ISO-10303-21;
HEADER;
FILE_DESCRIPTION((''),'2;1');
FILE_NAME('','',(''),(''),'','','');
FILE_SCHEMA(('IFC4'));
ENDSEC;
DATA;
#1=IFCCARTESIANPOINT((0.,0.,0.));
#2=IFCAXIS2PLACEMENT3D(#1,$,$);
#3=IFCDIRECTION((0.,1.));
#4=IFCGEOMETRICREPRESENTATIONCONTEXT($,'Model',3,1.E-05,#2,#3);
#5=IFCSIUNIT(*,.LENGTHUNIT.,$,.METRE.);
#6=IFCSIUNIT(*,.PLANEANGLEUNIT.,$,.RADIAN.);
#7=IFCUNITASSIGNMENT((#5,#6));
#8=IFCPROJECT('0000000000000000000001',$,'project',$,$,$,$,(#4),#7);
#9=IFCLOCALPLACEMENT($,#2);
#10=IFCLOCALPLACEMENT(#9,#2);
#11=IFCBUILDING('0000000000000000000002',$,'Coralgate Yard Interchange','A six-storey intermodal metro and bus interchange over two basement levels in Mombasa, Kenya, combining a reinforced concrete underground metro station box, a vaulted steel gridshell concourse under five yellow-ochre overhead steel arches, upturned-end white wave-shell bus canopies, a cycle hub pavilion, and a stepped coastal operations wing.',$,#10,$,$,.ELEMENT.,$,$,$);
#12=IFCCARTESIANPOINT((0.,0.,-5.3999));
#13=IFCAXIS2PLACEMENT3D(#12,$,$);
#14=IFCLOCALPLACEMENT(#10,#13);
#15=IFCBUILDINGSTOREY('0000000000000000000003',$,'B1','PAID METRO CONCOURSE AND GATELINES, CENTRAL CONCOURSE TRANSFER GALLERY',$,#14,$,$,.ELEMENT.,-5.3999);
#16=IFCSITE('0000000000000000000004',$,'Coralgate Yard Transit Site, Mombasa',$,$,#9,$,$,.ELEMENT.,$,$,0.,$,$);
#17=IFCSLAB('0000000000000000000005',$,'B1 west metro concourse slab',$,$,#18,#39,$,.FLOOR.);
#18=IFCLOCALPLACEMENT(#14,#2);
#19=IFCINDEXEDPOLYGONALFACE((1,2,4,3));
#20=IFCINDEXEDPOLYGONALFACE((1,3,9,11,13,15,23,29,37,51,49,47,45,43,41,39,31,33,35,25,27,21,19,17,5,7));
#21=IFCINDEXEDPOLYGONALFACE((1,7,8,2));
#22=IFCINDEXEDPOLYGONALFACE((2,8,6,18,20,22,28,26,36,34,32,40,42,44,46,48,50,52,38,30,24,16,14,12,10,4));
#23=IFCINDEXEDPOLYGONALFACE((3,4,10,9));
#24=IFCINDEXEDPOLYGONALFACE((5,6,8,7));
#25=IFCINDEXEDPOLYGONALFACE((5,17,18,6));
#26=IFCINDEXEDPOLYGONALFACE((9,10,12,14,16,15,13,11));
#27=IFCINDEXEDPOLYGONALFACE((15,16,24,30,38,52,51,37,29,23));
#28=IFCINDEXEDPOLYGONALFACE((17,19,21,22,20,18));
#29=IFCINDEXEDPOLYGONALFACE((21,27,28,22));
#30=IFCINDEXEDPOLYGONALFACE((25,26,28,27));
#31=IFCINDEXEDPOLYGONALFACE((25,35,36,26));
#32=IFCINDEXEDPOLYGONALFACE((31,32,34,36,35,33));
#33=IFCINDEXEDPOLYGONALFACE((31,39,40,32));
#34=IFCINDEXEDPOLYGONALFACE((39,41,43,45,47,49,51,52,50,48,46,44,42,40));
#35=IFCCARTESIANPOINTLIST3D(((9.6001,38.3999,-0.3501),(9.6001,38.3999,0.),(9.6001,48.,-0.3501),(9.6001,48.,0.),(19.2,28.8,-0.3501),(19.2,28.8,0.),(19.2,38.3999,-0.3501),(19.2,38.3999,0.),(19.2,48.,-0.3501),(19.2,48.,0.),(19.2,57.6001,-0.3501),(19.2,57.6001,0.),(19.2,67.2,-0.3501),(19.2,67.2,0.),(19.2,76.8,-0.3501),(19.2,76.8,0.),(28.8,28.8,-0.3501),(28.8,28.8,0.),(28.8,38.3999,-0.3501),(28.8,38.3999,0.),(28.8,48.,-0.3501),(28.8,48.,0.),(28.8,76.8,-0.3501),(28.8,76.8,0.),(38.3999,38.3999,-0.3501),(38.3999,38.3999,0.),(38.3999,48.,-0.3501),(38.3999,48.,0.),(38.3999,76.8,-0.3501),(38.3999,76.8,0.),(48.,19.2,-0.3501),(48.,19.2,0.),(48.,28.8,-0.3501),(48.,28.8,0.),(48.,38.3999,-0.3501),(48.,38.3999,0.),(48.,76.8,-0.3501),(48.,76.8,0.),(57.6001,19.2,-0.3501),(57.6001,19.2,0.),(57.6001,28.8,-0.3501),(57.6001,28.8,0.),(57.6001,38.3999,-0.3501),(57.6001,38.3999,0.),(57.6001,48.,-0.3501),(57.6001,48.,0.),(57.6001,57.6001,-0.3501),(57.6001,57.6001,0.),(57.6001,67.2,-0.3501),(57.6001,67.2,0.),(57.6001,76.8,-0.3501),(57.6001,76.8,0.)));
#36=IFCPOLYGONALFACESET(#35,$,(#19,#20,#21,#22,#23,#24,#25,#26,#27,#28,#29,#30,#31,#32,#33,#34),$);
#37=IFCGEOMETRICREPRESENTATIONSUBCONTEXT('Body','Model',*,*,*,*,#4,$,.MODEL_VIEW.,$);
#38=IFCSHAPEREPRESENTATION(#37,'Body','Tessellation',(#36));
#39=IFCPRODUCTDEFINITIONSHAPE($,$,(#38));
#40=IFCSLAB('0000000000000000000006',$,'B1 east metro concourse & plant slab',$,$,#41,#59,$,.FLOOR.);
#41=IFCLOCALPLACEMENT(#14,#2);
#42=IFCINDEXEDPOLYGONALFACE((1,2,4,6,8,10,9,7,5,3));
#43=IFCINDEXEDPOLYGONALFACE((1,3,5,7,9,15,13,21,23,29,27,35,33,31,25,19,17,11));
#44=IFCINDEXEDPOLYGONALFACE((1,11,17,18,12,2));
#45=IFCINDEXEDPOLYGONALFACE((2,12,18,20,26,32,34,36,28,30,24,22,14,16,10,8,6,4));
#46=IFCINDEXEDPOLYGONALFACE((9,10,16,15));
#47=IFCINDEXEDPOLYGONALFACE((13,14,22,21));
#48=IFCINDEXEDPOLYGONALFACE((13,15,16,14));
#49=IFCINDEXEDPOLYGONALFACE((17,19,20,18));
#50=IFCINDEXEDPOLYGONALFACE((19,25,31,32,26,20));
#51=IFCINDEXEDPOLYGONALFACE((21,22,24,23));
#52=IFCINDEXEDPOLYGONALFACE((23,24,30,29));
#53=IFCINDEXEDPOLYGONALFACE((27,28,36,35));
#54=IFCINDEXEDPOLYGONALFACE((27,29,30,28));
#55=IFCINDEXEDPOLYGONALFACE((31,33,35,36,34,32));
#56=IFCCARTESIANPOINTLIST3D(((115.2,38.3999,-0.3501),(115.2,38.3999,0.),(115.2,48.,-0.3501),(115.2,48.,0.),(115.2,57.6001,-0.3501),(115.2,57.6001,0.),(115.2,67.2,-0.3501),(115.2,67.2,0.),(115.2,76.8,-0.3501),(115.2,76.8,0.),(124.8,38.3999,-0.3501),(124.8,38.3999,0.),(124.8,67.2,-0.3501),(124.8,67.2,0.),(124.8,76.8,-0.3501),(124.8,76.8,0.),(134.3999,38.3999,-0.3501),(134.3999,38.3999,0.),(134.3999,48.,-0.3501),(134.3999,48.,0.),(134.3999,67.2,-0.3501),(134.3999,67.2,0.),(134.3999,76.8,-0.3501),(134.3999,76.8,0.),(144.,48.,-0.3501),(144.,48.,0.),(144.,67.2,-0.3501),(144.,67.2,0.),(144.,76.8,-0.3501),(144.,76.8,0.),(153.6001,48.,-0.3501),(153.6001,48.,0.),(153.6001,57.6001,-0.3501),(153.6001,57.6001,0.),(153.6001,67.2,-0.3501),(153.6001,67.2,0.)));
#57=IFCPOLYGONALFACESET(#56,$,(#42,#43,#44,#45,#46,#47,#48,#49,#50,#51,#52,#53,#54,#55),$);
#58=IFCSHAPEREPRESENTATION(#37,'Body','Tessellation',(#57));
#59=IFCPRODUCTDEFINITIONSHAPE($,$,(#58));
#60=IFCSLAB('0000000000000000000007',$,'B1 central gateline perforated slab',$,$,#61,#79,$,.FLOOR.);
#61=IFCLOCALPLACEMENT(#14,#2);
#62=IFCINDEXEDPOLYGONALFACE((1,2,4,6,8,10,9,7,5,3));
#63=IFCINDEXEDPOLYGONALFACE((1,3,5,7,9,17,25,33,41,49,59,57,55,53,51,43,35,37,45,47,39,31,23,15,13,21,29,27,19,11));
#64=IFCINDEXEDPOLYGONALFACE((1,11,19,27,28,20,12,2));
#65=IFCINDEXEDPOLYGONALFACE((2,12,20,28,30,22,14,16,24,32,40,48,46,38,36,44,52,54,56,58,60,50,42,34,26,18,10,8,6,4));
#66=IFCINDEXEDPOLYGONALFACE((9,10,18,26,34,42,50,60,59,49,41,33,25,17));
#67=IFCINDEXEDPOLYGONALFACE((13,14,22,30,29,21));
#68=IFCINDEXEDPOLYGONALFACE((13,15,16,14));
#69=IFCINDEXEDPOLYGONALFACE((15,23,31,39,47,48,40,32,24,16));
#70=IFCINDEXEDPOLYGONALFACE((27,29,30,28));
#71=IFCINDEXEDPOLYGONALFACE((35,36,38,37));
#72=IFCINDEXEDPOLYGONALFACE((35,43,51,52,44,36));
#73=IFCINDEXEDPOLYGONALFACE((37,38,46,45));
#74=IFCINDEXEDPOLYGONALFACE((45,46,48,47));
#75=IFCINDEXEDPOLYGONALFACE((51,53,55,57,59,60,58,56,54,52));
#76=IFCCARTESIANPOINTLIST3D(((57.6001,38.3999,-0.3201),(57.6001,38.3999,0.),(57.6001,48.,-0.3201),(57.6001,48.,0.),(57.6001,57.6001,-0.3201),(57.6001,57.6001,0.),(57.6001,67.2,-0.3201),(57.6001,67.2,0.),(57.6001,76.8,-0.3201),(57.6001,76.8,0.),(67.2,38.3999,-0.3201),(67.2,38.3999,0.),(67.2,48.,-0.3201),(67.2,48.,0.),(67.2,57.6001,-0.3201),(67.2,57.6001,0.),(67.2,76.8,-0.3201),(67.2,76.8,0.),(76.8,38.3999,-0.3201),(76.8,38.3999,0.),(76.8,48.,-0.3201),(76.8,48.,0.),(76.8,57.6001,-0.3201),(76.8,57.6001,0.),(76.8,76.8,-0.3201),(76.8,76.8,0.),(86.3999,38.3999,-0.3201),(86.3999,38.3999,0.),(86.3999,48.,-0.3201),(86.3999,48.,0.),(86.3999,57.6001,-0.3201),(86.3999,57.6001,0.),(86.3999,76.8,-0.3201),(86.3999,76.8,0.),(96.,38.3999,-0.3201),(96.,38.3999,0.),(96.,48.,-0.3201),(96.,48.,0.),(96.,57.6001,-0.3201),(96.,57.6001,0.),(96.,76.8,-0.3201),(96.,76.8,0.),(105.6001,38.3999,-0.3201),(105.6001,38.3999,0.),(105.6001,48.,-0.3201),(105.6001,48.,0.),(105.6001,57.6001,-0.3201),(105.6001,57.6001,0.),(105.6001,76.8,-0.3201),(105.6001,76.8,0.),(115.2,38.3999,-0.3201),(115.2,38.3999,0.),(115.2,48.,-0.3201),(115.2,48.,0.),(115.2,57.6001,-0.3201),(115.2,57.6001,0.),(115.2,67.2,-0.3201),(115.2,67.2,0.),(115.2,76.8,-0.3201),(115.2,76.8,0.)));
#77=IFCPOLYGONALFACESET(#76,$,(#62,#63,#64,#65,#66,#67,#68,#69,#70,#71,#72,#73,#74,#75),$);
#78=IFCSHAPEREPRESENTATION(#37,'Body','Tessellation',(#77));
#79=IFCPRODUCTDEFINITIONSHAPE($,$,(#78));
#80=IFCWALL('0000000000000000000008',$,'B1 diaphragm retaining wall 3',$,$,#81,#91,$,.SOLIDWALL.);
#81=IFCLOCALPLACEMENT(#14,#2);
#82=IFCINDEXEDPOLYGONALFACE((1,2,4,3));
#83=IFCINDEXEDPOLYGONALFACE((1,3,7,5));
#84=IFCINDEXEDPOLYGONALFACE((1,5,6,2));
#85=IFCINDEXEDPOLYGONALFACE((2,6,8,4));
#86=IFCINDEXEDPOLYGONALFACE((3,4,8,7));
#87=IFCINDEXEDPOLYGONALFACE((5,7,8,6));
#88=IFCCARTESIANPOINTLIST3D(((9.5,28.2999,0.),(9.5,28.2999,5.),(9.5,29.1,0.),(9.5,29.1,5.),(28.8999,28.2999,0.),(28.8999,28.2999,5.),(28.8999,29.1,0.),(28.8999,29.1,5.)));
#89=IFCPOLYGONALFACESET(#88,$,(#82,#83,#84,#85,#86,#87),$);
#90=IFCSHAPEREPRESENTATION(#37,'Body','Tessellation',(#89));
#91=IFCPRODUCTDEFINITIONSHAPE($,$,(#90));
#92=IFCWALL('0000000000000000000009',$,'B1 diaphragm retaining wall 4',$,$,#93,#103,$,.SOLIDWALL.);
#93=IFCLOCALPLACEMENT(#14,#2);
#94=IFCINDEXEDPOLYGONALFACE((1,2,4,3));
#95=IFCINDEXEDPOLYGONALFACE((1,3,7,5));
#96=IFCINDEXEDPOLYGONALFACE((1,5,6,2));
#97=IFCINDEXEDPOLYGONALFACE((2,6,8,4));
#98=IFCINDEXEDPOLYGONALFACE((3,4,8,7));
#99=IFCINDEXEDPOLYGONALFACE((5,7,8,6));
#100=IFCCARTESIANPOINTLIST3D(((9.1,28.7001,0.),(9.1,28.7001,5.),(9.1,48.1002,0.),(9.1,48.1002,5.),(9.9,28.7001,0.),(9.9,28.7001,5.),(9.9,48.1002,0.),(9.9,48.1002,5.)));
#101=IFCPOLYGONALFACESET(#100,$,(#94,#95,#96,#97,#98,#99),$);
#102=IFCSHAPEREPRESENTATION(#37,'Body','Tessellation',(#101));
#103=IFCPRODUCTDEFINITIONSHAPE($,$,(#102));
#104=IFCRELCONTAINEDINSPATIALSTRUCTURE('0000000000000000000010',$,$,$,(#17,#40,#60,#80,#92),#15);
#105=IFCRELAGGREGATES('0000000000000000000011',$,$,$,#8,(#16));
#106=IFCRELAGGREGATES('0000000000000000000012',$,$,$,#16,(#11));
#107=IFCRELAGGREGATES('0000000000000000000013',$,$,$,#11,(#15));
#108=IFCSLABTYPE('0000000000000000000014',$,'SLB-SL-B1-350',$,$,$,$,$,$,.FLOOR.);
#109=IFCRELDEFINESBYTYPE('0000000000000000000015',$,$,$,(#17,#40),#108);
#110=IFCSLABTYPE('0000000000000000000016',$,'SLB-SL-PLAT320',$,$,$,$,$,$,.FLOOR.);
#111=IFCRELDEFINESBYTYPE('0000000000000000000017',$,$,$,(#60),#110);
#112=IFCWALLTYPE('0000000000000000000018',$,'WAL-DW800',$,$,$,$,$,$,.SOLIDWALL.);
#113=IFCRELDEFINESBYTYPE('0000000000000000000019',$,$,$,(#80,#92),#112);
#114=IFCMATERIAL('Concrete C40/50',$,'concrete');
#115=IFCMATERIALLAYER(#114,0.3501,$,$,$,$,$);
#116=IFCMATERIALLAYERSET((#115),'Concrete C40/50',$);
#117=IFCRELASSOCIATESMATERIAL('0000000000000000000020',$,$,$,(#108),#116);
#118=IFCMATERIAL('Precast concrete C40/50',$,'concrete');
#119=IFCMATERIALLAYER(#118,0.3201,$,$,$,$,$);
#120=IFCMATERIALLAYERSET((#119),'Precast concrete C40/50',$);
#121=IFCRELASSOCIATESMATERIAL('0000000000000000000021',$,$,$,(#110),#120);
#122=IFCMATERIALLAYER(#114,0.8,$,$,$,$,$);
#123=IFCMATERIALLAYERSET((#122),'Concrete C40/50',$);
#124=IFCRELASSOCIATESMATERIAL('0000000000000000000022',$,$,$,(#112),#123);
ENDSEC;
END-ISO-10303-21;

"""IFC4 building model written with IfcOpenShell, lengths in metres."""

from ifc_helpers import new_model, si_unit, direction, frame, frame_2d, origin, place, context, subcontext, project, spatial, polyline, rectangle, outline, extrude, material, layer, layer_set, type_object, element, save


model = new_model("IFC4")

# Units and contexts
model_context = context("Model", 3, precision=1e-05, world=origin(), true_north=direction((0.0, 1.0)))
body_context = subcontext(model_context, "Body", "Model", "MODEL_VIEW")
ifc_project = project(units=[si_unit("LENGTHUNIT", "METRE"), si_unit("PLANEANGLEUNIT", "RADIAN")], contexts=[model_context])

# Site, building, storey
site_placement = place(None, origin())
site = spatial("IfcSite", under=ifc_project, at=site_placement, Name="Coralgate Yard Transit Site, Mombasa", CompositionType="ELEMENT", RefElevation=0.0)
building_placement = place(site_placement, origin())
building = spatial("IfcBuilding", under=site, at=building_placement, Name="Coralgate Yard Interchange", Description="A six-storey intermodal metro and bus interchange over two basement levels in Mombasa, Kenya, combining a reinforced concrete underground metro station box, a vaulted steel gridshell concourse under five yellow-ochre overhead steel arches, upturned-end white wave-shell bus canopies, a cycle hub pavilion, and a stepped coastal operations wing.", CompositionType="ELEMENT")
storey_placement = place(building_placement, frame((0.0, 0.0, -5.3999)))
storey = spatial("IfcBuildingStorey", under=building, at=storey_placement, Name="B1", Description="PAID METRO CONCOURSE AND GATELINES, CENTRAL CONCOURSE TRANSFER GALLERY", CompositionType="ELEMENT", Elevation=-5.3999)

# Shared definitions
ifc_material_1 = material(Name="Concrete C40/50", Category="concrete")

# Slabs
ifc_layer_1 = layer(ifc_material_1, 0.3501)
ifc_layer_set_1 = layer_set([ifc_layer_1], Name="Concrete C40/50")
slab_type_1 = type_object("IfcSlabType", Name="SLB-SL-B1-350", PredefinedType="FLOOR", material=ifc_layer_set_1)
slab_1_placement = place(storey_placement, frame((0.0, 0.0, -0.3501)))
element("IfcSlab", 1, at=slab_1_placement, inside=storey, type_object=slab_type_1, Name="B1 west metro concourse slab", PredefinedType="FLOOR", context=body_context, shape_type="SweptSolid", body=[
    extrude(outline(polyline([(19.2, 38.3999), (9.6001, 38.3999), (9.6001, 48.0), (19.2, 48.0), (19.2, 57.6001), (19.2, 67.2), (19.2, 76.8), (28.8, 76.8), (38.3999, 76.8), (48.0, 76.8), (57.6001, 76.8), (57.6001, 67.2), (57.6001, 57.6001), (57.6001, 48.0), (57.6001, 38.3999), (57.6001, 28.8), (57.6001, 19.2), (48.0, 19.2), (48.0, 28.8), (48.0, 38.3999), (38.3999, 38.3999), (38.3999, 48.0), (28.8, 48.0), (28.8, 38.3999), (28.8, 28.8), (19.2, 28.8), (19.2, 38.3999)])), origin(), (0.0, 0.0, 1.0), 0.3501),
])
slab_2_placement = place(storey_placement, frame((0.0, 0.0, -0.3501)))
element("IfcSlab", 2, at=slab_2_placement, inside=storey, type_object=slab_type_1, Name="B1 east metro concourse & plant slab", PredefinedType="FLOOR", context=body_context, shape_type="SweptSolid", body=[
    extrude(outline(polyline([(115.2, 57.6001), (115.2, 67.2), (115.2, 76.8), (124.8, 76.8), (124.8, 67.2), (134.3999, 67.2), (134.3999, 76.8), (144.0, 76.8), (144.0, 67.2), (153.6001, 67.2), (153.6001, 57.6001), (153.6001, 48.0), (144.0, 48.0), (134.3999, 48.0), (134.3999, 38.3999), (124.8, 38.3999), (115.2, 38.3999), (115.2, 48.0), (115.2, 57.6001)])), origin(), (0.0, 0.0, 1.0), 0.3501),
])
ifc_material_2 = material(Name="Precast concrete C40/50", Category="concrete")
ifc_layer_2 = layer(ifc_material_2, 0.3201)
ifc_layer_set_2 = layer_set([ifc_layer_2], Name="Precast concrete C40/50")
slab_type_2 = type_object("IfcSlabType", Name="SLB-SL-PLAT320", PredefinedType="FLOOR", material=ifc_layer_set_2)
slab_3_placement = place(storey_placement, frame((0.0, 0.0, -0.3201)))
element("IfcSlab", 3, at=slab_3_placement, inside=storey, type_object=slab_type_2, Name="B1 central gateline perforated slab", PredefinedType="FLOOR", context=body_context, shape_type="SweptSolid", body=[
    extrude(outline(polyline([(57.6001, 67.2), (57.6001, 76.8), (67.2, 76.8), (76.8, 76.8), (86.3999, 76.8), (96.0, 76.8), (105.6001, 76.8), (115.2, 76.8), (115.2, 67.2), (115.2, 57.6001), (115.2, 48.0), (115.2, 38.3999), (105.6001, 38.3999), (96.0, 38.3999), (96.0, 48.0), (105.6001, 48.0), (105.6001, 57.6001), (96.0, 57.6001), (86.3999, 57.6001), (76.8, 57.6001), (67.2, 57.6001), (67.2, 48.0), (76.8, 48.0), (86.3999, 48.0), (86.3999, 38.3999), (76.8, 38.3999), (67.2, 38.3999), (57.6001, 38.3999), (57.6001, 48.0), (57.6001, 57.6001), (57.6001, 67.2)])), origin(), (0.0, 0.0, 1.0), 0.3201),
])

# Walls
ifc_layer_3 = layer(ifc_material_1, 0.8)
ifc_layer_set_3 = layer_set([ifc_layer_3], Name="Concrete C40/50")
wall_type = type_object("IfcWallType", Name="WAL-DW800", PredefinedType="SOLIDWALL", material=ifc_layer_set_3)
wall_1_placement = place(storey_placement, frame((28.8999, 28.7, 0.0), z_axis=(0.0, 0.0, 1.0), x_axis=(-1.0, 0.0, 0.0)))
element("IfcWall", 4, at=wall_1_placement, inside=storey, type_object=wall_type, Name="B1 diaphragm retaining wall 3", PredefinedType="SOLIDWALL", context=body_context, shape_type="SweptSolid", body=[
    extrude(rectangle(XDim=19.3999, YDim=0.8, at=frame_2d((9.7, 0.0))), origin(), (0.0, 0.0, 1.0), 5.0),
])
wall_2_placement = place(storey_placement, frame((9.5, 28.7, 0.0), z_axis=(0.0, 0.0, 1.0), x_axis=(0.0, 1.0, 0.0)))
element("IfcWall", 5, at=wall_2_placement, inside=storey, type_object=wall_type, Name="B1 diaphragm retaining wall 4", PredefinedType="SOLIDWALL", context=body_context, shape_type="SweptSolid", body=[
    extrude(rectangle(XDim=19.4001, YDim=0.8, at=frame_2d((9.7002, 0.0))), origin(), (0.0, 0.0, 1.0), 5.0),
])

save(model, "model.ifc")
